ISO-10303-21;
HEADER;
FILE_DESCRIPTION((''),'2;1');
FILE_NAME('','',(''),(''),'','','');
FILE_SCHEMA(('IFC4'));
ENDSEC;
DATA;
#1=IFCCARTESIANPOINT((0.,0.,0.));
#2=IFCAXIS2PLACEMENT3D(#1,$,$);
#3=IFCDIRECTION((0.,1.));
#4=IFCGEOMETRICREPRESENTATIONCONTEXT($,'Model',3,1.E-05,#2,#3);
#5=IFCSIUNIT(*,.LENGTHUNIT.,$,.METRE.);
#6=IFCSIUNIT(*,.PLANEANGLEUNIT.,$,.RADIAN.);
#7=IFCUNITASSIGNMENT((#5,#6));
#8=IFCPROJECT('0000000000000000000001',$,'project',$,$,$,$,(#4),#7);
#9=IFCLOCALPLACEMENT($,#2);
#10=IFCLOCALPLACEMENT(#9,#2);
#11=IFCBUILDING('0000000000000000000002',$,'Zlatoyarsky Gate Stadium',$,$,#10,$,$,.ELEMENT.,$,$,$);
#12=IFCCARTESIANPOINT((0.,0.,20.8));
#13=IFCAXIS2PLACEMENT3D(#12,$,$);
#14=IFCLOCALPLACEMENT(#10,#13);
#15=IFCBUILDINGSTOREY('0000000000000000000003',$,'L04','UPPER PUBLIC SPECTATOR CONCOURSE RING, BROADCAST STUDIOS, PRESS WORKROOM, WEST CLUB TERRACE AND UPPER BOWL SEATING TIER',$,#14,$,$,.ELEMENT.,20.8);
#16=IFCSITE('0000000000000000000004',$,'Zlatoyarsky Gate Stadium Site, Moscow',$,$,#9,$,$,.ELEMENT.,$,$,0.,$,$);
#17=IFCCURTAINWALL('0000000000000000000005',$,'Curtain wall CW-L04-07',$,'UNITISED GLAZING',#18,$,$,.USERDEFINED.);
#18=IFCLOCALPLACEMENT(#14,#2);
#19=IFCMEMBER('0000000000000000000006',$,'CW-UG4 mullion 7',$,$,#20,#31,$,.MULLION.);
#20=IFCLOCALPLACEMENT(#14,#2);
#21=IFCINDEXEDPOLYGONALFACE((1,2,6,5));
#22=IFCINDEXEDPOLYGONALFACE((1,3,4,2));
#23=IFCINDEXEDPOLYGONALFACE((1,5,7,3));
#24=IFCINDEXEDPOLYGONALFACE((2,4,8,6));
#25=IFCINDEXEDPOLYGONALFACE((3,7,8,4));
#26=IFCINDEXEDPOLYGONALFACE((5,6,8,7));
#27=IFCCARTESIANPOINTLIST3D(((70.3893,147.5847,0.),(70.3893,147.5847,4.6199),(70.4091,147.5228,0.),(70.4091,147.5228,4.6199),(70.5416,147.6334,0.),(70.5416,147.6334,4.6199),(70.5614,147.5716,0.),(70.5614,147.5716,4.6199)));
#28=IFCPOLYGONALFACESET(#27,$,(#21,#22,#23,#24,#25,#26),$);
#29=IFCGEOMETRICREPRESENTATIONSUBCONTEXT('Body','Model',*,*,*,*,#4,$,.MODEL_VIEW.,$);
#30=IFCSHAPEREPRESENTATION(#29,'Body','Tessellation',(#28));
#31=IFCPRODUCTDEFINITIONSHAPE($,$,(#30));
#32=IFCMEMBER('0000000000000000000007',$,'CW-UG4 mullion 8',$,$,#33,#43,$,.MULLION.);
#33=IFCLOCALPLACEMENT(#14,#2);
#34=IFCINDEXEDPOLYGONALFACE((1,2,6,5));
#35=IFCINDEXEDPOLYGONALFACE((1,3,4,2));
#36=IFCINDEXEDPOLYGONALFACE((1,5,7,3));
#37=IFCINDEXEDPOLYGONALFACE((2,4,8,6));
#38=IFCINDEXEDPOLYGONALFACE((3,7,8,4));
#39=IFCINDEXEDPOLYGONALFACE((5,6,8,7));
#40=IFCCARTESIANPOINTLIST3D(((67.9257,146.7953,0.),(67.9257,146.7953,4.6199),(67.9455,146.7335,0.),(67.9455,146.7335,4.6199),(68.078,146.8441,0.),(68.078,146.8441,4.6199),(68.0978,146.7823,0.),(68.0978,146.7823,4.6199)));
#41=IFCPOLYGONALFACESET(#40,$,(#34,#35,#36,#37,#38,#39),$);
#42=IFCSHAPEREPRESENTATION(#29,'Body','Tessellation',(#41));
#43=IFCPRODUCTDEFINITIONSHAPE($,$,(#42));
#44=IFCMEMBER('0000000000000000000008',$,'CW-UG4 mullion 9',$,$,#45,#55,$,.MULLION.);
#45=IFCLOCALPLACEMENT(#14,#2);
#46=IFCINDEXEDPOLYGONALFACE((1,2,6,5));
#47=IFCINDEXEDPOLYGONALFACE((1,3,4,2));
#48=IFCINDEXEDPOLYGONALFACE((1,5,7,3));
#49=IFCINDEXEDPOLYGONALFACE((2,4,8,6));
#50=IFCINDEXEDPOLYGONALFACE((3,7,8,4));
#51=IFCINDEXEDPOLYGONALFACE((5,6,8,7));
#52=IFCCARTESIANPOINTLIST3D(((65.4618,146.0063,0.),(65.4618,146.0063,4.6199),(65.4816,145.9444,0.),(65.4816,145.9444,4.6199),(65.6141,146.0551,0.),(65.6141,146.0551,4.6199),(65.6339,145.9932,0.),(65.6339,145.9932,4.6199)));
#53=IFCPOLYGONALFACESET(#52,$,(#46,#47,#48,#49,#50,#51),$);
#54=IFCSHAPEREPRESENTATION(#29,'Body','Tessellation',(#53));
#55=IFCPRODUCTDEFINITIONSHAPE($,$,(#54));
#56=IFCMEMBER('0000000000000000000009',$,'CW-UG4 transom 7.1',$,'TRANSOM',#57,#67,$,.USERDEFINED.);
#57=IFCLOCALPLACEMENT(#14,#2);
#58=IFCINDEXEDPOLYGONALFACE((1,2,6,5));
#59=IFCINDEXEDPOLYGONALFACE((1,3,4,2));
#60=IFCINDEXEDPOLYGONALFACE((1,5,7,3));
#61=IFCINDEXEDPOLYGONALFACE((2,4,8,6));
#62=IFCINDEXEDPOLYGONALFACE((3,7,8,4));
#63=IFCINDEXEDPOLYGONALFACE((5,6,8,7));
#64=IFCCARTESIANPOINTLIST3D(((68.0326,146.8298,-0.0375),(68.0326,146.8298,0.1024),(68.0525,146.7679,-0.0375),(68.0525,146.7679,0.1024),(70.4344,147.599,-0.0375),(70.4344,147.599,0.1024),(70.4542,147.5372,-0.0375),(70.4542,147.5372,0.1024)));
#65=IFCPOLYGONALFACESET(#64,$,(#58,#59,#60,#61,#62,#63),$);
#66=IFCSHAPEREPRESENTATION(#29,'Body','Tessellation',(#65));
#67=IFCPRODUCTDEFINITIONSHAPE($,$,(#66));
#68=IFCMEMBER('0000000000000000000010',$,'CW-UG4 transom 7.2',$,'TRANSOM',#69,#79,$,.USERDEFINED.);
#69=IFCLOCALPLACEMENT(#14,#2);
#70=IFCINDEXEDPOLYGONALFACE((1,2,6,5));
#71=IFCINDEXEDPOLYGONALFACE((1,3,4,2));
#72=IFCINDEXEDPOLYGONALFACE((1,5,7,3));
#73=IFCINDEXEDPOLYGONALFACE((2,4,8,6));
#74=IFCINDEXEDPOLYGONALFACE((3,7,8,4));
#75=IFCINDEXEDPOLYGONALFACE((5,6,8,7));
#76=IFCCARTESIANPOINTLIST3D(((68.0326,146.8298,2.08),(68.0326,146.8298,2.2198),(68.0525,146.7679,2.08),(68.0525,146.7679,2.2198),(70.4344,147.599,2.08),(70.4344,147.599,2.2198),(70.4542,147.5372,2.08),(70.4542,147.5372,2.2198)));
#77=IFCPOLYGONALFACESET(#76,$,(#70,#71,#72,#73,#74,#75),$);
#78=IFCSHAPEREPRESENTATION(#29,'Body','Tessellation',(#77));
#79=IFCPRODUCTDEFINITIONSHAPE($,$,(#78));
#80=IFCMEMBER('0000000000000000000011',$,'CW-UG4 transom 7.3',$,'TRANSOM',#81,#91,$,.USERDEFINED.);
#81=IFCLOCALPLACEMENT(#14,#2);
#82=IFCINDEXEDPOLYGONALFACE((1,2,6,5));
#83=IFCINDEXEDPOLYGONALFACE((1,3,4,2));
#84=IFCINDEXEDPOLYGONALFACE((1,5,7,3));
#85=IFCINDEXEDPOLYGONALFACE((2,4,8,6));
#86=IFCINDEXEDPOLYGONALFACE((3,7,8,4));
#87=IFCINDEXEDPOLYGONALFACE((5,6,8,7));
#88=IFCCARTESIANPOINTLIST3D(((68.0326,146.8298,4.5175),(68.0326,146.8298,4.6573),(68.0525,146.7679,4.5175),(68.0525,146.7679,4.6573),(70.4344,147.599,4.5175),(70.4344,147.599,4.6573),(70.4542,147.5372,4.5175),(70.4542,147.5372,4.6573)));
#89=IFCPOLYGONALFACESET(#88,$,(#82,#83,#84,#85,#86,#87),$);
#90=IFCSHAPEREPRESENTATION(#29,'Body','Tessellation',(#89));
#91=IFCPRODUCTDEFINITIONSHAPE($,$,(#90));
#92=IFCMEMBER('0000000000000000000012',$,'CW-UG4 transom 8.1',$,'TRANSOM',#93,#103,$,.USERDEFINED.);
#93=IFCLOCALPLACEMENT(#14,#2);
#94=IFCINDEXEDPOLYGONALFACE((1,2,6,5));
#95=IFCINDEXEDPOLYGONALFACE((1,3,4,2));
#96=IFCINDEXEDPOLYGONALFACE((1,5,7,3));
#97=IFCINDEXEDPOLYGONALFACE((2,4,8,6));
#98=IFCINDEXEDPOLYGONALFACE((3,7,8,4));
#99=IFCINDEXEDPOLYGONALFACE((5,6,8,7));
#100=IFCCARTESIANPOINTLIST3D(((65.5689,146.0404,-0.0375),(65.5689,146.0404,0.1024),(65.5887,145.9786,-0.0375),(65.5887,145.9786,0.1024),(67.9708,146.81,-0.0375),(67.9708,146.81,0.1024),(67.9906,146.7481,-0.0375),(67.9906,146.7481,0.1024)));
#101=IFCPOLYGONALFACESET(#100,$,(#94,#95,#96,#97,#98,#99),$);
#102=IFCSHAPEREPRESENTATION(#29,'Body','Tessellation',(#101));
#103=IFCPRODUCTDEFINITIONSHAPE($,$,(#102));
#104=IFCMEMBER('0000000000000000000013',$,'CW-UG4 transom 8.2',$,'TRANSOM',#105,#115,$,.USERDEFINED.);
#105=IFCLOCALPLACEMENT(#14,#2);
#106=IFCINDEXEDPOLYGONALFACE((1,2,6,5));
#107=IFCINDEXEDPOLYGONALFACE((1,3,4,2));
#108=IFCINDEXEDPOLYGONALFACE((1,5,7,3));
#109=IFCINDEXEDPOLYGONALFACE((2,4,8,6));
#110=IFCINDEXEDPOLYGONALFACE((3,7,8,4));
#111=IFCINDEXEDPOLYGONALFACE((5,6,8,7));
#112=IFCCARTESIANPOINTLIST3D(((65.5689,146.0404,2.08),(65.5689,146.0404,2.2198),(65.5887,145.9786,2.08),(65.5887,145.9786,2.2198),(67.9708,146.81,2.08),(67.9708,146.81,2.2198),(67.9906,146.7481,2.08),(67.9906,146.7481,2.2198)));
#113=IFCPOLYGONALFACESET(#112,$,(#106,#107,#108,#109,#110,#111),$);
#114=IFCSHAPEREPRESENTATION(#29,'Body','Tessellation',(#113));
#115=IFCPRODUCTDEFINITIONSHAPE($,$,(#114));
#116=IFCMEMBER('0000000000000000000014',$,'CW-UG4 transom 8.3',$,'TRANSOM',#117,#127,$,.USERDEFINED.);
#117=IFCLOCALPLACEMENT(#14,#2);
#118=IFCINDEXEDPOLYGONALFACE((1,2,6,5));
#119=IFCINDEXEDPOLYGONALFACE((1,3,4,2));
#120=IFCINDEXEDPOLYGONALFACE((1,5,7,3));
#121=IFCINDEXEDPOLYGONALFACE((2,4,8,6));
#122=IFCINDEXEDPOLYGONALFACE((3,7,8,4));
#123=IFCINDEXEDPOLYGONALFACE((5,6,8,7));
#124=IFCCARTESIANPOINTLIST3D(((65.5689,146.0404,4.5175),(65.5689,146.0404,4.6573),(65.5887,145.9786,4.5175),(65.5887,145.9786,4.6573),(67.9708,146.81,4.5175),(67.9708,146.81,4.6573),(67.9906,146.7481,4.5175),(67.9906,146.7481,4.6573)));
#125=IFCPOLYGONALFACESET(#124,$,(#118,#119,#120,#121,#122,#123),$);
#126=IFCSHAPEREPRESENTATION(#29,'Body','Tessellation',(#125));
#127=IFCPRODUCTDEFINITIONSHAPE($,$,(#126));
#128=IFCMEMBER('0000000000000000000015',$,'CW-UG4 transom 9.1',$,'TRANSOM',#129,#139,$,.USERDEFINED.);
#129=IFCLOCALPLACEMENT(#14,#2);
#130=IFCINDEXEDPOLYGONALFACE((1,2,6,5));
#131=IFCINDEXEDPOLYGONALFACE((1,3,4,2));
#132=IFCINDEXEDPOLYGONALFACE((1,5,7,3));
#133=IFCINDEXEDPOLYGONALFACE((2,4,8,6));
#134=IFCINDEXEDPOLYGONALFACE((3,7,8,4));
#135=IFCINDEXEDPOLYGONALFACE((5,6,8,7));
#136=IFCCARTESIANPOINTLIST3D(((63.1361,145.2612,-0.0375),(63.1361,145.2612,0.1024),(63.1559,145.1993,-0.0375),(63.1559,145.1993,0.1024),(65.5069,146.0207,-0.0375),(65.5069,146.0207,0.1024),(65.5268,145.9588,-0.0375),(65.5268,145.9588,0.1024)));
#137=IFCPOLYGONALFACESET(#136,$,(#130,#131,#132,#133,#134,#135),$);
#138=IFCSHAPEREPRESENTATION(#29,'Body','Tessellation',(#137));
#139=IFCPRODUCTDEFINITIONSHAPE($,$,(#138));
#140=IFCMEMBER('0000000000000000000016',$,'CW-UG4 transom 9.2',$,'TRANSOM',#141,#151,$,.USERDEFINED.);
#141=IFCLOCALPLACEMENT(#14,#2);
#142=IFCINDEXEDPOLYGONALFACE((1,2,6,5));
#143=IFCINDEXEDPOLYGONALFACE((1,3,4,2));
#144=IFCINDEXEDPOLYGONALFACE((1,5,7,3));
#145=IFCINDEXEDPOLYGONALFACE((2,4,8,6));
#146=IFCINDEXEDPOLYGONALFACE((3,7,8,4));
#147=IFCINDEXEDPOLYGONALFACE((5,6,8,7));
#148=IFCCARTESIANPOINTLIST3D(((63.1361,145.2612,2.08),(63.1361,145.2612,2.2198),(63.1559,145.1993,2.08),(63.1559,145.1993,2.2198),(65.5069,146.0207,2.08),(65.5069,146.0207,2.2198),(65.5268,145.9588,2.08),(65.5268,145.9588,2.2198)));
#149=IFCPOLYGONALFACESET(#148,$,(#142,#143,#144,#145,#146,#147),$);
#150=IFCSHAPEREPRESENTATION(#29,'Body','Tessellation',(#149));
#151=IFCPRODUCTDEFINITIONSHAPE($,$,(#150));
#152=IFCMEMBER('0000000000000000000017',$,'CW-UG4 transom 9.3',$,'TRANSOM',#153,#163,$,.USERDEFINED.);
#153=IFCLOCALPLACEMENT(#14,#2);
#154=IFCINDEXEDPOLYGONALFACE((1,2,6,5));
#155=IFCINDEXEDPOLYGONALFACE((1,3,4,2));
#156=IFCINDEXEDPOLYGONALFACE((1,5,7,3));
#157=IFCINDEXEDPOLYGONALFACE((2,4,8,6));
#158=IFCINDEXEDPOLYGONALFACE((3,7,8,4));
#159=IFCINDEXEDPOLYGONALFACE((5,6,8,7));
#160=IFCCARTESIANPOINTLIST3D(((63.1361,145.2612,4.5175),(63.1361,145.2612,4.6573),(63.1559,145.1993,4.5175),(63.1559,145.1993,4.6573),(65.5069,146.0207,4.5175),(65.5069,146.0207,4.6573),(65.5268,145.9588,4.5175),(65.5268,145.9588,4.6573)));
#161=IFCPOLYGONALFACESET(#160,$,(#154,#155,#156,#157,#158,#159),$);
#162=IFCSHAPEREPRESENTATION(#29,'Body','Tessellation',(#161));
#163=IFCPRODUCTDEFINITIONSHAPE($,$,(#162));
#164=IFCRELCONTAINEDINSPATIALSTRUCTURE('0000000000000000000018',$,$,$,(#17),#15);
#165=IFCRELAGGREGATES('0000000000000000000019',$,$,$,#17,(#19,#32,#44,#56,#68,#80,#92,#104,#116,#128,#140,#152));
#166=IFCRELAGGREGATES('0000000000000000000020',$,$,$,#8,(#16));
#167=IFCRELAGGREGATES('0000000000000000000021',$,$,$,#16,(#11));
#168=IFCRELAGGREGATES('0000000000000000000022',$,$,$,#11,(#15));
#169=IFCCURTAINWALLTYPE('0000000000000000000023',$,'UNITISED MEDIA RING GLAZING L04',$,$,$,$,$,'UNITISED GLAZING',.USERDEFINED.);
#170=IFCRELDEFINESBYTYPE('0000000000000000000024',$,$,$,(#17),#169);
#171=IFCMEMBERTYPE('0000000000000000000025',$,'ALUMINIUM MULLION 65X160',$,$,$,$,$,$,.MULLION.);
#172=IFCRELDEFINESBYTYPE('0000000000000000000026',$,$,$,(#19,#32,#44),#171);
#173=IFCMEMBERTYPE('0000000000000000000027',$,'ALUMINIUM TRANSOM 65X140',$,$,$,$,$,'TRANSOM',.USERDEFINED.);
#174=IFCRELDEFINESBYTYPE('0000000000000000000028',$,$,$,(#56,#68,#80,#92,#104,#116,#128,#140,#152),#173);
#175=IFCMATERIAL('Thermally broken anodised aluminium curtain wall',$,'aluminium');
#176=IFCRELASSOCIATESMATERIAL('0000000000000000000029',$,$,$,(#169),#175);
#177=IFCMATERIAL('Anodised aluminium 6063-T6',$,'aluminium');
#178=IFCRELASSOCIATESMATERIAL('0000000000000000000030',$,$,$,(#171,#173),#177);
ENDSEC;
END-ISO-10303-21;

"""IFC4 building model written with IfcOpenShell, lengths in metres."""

from ifc_helpers import new_model, si_unit, direction, frame, origin, origin_2d, place, context, subcontext, project, spatial, rectangle, extrude, material, material_profile, profile_set, type_object, element, aggregate, save


model = new_model("IFC4")

# Units and contexts
model_context = context("Model", 3, precision=1e-05, world=origin(), true_north=direction((0.0, 1.0)))
body_context = subcontext(model_context, "Body", "Model", "MODEL_VIEW")
ifc_project = project(units=[si_unit("LENGTHUNIT", "METRE"), si_unit("PLANEANGLEUNIT", "RADIAN")], contexts=[model_context])

# Site, building, storey
site_placement = place(None, origin())
site = spatial("IfcSite", under=ifc_project, at=site_placement, Name="Zlatoyarsky Gate Stadium Site, Moscow", CompositionType="ELEMENT", RefElevation=0.0)
building_placement = place(site_placement, origin())
building = spatial("IfcBuilding", under=site, at=building_placement, Name="Zlatoyarsky Gate Stadium", CompositionType="ELEMENT")
storey_placement = place(building_placement, frame((0.0, 0.0, 20.8)))
storey = spatial("IfcBuildingStorey", under=building, at=storey_placement, Name="L04", Description="UPPER PUBLIC SPECTATOR CONCOURSE RING, BROADCAST STUDIOS, PRESS WORKROOM, WEST CLUB TERRACE AND UPPER BOWL SEATING TIER", CompositionType="ELEMENT", Elevation=20.8)

# Curtain wall, members
ifc_material_1 = material(Name="Thermally broken anodised aluminium curtain wall", Category="aluminium")
curtain_wall_type = type_object("IfcCurtainWallType", Name="UNITISED MEDIA RING GLAZING L04", ElementType="UNITISED GLAZING", PredefinedType="USERDEFINED", material=ifc_material_1)
curtain_wall_placement = place(storey_placement, origin())
curtain_wall = element("IfcCurtainWall", 1, at=curtain_wall_placement, inside=storey, type_object=curtain_wall_type, Name="Curtain wall CW-L04-07", ObjectType="UNITISED GLAZING", PredefinedType="USERDEFINED")
ifc_material_2 = material(Name="Anodised aluminium 6063-T6", Category="aluminium")
ifc_material_profile_1 = material_profile(ifc_material_2, rectangle(XDim=0.0649, YDim=0.1599, at=origin_2d()), Name="ALU 65X160")
ifc_profile_set_1 = profile_set([ifc_material_profile_1], Name="Anodised aluminium 6063-T6")
member_type_1 = type_object("IfcMemberType", Name="ALUMINIUM MULLION 65X160", PredefinedType="MULLION", material=ifc_profile_set_1)
member_1_placement = place(storey_placement, frame((70.4753, 147.5781, 0.0), z_axis=(0.0, 0.0, 1.0), x_axis=(0.305066, -0.952331, 0.0)))
member_1 = element("IfcMember", 2, at=member_1_placement, type_object=member_type_1, Name="CW-UG4 mullion 7", PredefinedType="MULLION", context=body_context, shape_type="SweptSolid", body=[
    extrude(rectangle(XDim=0.0649, YDim=0.1599, at=origin_2d()), origin(), (0.0, 0.0, 1.0), 4.6199),
])
member_2_placement = place(storey_placement, frame((68.0117, 146.7888, 0.0), z_axis=(0.0, 0.0, 1.0), x_axis=(0.305066, -0.952331, 0.0)))
member_2 = element("IfcMember", 3, at=member_2_placement, type_object=member_type_1, Name="CW-UG4 mullion 8", PredefinedType="MULLION", context=body_context, shape_type="SweptSolid", body=[
    extrude(rectangle(XDim=0.0649, YDim=0.1599, at=origin_2d()), origin(), (0.0, 0.0, 1.0), 4.6199),
])
member_3_placement = place(storey_placement, frame((65.5479, 145.9998, 0.0), z_axis=(0.0, 0.0, 1.0), x_axis=(0.305066, -0.952331, 0.0)))
member_3 = element("IfcMember", 4, at=member_3_placement, type_object=member_type_1, Name="CW-UG4 mullion 9", PredefinedType="MULLION", context=body_context, shape_type="SweptSolid", body=[
    extrude(rectangle(XDim=0.0649, YDim=0.1599, at=origin_2d()), origin(), (0.0, 0.0, 1.0), 4.6199),
])
ifc_material_profile_2 = material_profile(ifc_material_2, rectangle(XDim=0.0649, YDim=0.1399, at=origin_2d()), Name="ALU 65X140")
ifc_profile_set_2 = profile_set([ifc_material_profile_2], Name="Anodised aluminium 6063-T6")
member_type_2 = type_object("IfcMemberType", Name="ALUMINIUM TRANSOM 65X140", ElementType="TRANSOM", PredefinedType="USERDEFINED", material=ifc_profile_set_2)
member_4_placement = place(storey_placement, frame((70.4443, 147.5681, 0.0325), z_axis=(-0.952344, -0.305025, 0.0), x_axis=(0.305025, -0.952344, 0.0)))
member_4 = element("IfcMember", 5, at=member_4_placement, type_object=member_type_2, Name="CW-UG4 transom 7.1", ObjectType="TRANSOM", PredefinedType="USERDEFINED", context=body_context, shape_type="SweptSolid", body=[
    extrude(rectangle(XDim=0.0649, YDim=0.1399, at=origin_2d()), origin(), (0.0, 0.0, 1.0), 2.522),
])
member_5_placement = place(storey_placement, frame((70.4443, 147.5681, 2.1499), z_axis=(-0.952344, -0.305025, 0.0), x_axis=(0.305025, -0.952344, 0.0)))
member_5 = element("IfcMember", 6, at=member_5_placement, type_object=member_type_2, Name="CW-UG4 transom 7.2", ObjectType="TRANSOM", PredefinedType="USERDEFINED", context=body_context, shape_type="SweptSolid", body=[
    extrude(rectangle(XDim=0.0649, YDim=0.1399, at=origin_2d()), origin(), (0.0, 0.0, 1.0), 2.522),
])
member_6_placement = place(storey_placement, frame((70.4443, 147.5681, 4.5874), z_axis=(-0.952344, -0.305025, 0.0), x_axis=(0.305025, -0.952344, 0.0)))
member_6 = element("IfcMember", 7, at=member_6_placement, type_object=member_type_2, Name="CW-UG4 transom 7.3", ObjectType="TRANSOM", PredefinedType="USERDEFINED", context=body_context, shape_type="SweptSolid", body=[
    extrude(rectangle(XDim=0.0649, YDim=0.1399, at=origin_2d()), origin(), (0.0, 0.0, 1.0), 2.522),
])
member_7_placement = place(storey_placement, frame((67.9807, 146.7791, 0.0325), z_axis=(-0.952316, -0.305113, 0.0), x_axis=(0.305113, -0.952316, 0.0)))
member_7 = element("IfcMember", 8, at=member_7_placement, type_object=member_type_2, Name="CW-UG4 transom 8.1", ObjectType="TRANSOM", PredefinedType="USERDEFINED", context=body_context, shape_type="SweptSolid", body=[
    extrude(rectangle(XDim=0.0649, YDim=0.1399, at=origin_2d()), origin(), (0.0, 0.0, 1.0), 2.5222),
])
member_8_placement = place(storey_placement, frame((67.9807, 146.7791, 2.1499), z_axis=(-0.952316, -0.305113, 0.0), x_axis=(0.305113, -0.952316, 0.0)))
member_8 = element("IfcMember", 9, at=member_8_placement, type_object=member_type_2, Name="CW-UG4 transom 8.2", ObjectType="TRANSOM", PredefinedType="USERDEFINED", context=body_context, shape_type="SweptSolid", body=[
    extrude(rectangle(XDim=0.0649, YDim=0.1399, at=origin_2d()), origin(), (0.0, 0.0, 1.0), 2.5222),
])
member_9_placement = place(storey_placement, frame((67.9807, 146.7791, 4.5874), z_axis=(-0.952316, -0.305113, 0.0), x_axis=(0.305113, -0.952316, 0.0)))
member_9 = element("IfcMember", 10, at=member_9_placement, type_object=member_type_2, Name="CW-UG4 transom 8.3", ObjectType="TRANSOM", PredefinedType="USERDEFINED", context=body_context, shape_type="SweptSolid", body=[
    extrude(rectangle(XDim=0.0649, YDim=0.1399, at=origin_2d()), origin(), (0.0, 0.0, 1.0), 2.5222),
])
member_10_placement = place(storey_placement, frame((65.5168, 145.9897, 0.0325), z_axis=(-0.952325, -0.305085, 0.0), x_axis=(0.305085, -0.952325, 0.0)))
member_10 = element("IfcMember", 11, at=member_10_placement, type_object=member_type_2, Name="CW-UG4 transom 9.1", ObjectType="TRANSOM", PredefinedType="USERDEFINED", context=body_context, shape_type="SweptSolid", body=[
    extrude(rectangle(XDim=0.0649, YDim=0.1399, at=origin_2d()), origin(), (0.0, 0.0, 1.0), 2.4895),
])
member_11_placement = place(storey_placement, frame((65.5168, 145.9897, 2.1499), z_axis=(-0.952325, -0.305085, 0.0), x_axis=(0.305085, -0.952325, 0.0)))
member_11 = element("IfcMember", 12, at=member_11_placement, type_object=member_type_2, Name="CW-UG4 transom 9.2", ObjectType="TRANSOM", PredefinedType="USERDEFINED", context=body_context, shape_type="SweptSolid", body=[
    extrude(rectangle(XDim=0.0649, YDim=0.1399, at=origin_2d()), origin(), (0.0, 0.0, 1.0), 2.4895),
])
member_12_placement = place(storey_placement, frame((65.5168, 145.9897, 4.5874), z_axis=(-0.952325, -0.305085, 0.0), x_axis=(0.305085, -0.952325, 0.0)))
member_12 = element("IfcMember", 13, at=member_12_placement, type_object=member_type_2, Name="CW-UG4 transom 9.3", ObjectType="TRANSOM", PredefinedType="USERDEFINED", context=body_context, shape_type="SweptSolid", body=[
    extrude(rectangle(XDim=0.0649, YDim=0.1399, at=origin_2d()), origin(), (0.0, 0.0, 1.0), 2.4895),
])

aggregate(curtain_wall, [member_1, member_2, member_3, member_4, member_5, member_6, member_7, member_8, member_9, member_10, member_11, member_12])

save(model, "model.ifc")
